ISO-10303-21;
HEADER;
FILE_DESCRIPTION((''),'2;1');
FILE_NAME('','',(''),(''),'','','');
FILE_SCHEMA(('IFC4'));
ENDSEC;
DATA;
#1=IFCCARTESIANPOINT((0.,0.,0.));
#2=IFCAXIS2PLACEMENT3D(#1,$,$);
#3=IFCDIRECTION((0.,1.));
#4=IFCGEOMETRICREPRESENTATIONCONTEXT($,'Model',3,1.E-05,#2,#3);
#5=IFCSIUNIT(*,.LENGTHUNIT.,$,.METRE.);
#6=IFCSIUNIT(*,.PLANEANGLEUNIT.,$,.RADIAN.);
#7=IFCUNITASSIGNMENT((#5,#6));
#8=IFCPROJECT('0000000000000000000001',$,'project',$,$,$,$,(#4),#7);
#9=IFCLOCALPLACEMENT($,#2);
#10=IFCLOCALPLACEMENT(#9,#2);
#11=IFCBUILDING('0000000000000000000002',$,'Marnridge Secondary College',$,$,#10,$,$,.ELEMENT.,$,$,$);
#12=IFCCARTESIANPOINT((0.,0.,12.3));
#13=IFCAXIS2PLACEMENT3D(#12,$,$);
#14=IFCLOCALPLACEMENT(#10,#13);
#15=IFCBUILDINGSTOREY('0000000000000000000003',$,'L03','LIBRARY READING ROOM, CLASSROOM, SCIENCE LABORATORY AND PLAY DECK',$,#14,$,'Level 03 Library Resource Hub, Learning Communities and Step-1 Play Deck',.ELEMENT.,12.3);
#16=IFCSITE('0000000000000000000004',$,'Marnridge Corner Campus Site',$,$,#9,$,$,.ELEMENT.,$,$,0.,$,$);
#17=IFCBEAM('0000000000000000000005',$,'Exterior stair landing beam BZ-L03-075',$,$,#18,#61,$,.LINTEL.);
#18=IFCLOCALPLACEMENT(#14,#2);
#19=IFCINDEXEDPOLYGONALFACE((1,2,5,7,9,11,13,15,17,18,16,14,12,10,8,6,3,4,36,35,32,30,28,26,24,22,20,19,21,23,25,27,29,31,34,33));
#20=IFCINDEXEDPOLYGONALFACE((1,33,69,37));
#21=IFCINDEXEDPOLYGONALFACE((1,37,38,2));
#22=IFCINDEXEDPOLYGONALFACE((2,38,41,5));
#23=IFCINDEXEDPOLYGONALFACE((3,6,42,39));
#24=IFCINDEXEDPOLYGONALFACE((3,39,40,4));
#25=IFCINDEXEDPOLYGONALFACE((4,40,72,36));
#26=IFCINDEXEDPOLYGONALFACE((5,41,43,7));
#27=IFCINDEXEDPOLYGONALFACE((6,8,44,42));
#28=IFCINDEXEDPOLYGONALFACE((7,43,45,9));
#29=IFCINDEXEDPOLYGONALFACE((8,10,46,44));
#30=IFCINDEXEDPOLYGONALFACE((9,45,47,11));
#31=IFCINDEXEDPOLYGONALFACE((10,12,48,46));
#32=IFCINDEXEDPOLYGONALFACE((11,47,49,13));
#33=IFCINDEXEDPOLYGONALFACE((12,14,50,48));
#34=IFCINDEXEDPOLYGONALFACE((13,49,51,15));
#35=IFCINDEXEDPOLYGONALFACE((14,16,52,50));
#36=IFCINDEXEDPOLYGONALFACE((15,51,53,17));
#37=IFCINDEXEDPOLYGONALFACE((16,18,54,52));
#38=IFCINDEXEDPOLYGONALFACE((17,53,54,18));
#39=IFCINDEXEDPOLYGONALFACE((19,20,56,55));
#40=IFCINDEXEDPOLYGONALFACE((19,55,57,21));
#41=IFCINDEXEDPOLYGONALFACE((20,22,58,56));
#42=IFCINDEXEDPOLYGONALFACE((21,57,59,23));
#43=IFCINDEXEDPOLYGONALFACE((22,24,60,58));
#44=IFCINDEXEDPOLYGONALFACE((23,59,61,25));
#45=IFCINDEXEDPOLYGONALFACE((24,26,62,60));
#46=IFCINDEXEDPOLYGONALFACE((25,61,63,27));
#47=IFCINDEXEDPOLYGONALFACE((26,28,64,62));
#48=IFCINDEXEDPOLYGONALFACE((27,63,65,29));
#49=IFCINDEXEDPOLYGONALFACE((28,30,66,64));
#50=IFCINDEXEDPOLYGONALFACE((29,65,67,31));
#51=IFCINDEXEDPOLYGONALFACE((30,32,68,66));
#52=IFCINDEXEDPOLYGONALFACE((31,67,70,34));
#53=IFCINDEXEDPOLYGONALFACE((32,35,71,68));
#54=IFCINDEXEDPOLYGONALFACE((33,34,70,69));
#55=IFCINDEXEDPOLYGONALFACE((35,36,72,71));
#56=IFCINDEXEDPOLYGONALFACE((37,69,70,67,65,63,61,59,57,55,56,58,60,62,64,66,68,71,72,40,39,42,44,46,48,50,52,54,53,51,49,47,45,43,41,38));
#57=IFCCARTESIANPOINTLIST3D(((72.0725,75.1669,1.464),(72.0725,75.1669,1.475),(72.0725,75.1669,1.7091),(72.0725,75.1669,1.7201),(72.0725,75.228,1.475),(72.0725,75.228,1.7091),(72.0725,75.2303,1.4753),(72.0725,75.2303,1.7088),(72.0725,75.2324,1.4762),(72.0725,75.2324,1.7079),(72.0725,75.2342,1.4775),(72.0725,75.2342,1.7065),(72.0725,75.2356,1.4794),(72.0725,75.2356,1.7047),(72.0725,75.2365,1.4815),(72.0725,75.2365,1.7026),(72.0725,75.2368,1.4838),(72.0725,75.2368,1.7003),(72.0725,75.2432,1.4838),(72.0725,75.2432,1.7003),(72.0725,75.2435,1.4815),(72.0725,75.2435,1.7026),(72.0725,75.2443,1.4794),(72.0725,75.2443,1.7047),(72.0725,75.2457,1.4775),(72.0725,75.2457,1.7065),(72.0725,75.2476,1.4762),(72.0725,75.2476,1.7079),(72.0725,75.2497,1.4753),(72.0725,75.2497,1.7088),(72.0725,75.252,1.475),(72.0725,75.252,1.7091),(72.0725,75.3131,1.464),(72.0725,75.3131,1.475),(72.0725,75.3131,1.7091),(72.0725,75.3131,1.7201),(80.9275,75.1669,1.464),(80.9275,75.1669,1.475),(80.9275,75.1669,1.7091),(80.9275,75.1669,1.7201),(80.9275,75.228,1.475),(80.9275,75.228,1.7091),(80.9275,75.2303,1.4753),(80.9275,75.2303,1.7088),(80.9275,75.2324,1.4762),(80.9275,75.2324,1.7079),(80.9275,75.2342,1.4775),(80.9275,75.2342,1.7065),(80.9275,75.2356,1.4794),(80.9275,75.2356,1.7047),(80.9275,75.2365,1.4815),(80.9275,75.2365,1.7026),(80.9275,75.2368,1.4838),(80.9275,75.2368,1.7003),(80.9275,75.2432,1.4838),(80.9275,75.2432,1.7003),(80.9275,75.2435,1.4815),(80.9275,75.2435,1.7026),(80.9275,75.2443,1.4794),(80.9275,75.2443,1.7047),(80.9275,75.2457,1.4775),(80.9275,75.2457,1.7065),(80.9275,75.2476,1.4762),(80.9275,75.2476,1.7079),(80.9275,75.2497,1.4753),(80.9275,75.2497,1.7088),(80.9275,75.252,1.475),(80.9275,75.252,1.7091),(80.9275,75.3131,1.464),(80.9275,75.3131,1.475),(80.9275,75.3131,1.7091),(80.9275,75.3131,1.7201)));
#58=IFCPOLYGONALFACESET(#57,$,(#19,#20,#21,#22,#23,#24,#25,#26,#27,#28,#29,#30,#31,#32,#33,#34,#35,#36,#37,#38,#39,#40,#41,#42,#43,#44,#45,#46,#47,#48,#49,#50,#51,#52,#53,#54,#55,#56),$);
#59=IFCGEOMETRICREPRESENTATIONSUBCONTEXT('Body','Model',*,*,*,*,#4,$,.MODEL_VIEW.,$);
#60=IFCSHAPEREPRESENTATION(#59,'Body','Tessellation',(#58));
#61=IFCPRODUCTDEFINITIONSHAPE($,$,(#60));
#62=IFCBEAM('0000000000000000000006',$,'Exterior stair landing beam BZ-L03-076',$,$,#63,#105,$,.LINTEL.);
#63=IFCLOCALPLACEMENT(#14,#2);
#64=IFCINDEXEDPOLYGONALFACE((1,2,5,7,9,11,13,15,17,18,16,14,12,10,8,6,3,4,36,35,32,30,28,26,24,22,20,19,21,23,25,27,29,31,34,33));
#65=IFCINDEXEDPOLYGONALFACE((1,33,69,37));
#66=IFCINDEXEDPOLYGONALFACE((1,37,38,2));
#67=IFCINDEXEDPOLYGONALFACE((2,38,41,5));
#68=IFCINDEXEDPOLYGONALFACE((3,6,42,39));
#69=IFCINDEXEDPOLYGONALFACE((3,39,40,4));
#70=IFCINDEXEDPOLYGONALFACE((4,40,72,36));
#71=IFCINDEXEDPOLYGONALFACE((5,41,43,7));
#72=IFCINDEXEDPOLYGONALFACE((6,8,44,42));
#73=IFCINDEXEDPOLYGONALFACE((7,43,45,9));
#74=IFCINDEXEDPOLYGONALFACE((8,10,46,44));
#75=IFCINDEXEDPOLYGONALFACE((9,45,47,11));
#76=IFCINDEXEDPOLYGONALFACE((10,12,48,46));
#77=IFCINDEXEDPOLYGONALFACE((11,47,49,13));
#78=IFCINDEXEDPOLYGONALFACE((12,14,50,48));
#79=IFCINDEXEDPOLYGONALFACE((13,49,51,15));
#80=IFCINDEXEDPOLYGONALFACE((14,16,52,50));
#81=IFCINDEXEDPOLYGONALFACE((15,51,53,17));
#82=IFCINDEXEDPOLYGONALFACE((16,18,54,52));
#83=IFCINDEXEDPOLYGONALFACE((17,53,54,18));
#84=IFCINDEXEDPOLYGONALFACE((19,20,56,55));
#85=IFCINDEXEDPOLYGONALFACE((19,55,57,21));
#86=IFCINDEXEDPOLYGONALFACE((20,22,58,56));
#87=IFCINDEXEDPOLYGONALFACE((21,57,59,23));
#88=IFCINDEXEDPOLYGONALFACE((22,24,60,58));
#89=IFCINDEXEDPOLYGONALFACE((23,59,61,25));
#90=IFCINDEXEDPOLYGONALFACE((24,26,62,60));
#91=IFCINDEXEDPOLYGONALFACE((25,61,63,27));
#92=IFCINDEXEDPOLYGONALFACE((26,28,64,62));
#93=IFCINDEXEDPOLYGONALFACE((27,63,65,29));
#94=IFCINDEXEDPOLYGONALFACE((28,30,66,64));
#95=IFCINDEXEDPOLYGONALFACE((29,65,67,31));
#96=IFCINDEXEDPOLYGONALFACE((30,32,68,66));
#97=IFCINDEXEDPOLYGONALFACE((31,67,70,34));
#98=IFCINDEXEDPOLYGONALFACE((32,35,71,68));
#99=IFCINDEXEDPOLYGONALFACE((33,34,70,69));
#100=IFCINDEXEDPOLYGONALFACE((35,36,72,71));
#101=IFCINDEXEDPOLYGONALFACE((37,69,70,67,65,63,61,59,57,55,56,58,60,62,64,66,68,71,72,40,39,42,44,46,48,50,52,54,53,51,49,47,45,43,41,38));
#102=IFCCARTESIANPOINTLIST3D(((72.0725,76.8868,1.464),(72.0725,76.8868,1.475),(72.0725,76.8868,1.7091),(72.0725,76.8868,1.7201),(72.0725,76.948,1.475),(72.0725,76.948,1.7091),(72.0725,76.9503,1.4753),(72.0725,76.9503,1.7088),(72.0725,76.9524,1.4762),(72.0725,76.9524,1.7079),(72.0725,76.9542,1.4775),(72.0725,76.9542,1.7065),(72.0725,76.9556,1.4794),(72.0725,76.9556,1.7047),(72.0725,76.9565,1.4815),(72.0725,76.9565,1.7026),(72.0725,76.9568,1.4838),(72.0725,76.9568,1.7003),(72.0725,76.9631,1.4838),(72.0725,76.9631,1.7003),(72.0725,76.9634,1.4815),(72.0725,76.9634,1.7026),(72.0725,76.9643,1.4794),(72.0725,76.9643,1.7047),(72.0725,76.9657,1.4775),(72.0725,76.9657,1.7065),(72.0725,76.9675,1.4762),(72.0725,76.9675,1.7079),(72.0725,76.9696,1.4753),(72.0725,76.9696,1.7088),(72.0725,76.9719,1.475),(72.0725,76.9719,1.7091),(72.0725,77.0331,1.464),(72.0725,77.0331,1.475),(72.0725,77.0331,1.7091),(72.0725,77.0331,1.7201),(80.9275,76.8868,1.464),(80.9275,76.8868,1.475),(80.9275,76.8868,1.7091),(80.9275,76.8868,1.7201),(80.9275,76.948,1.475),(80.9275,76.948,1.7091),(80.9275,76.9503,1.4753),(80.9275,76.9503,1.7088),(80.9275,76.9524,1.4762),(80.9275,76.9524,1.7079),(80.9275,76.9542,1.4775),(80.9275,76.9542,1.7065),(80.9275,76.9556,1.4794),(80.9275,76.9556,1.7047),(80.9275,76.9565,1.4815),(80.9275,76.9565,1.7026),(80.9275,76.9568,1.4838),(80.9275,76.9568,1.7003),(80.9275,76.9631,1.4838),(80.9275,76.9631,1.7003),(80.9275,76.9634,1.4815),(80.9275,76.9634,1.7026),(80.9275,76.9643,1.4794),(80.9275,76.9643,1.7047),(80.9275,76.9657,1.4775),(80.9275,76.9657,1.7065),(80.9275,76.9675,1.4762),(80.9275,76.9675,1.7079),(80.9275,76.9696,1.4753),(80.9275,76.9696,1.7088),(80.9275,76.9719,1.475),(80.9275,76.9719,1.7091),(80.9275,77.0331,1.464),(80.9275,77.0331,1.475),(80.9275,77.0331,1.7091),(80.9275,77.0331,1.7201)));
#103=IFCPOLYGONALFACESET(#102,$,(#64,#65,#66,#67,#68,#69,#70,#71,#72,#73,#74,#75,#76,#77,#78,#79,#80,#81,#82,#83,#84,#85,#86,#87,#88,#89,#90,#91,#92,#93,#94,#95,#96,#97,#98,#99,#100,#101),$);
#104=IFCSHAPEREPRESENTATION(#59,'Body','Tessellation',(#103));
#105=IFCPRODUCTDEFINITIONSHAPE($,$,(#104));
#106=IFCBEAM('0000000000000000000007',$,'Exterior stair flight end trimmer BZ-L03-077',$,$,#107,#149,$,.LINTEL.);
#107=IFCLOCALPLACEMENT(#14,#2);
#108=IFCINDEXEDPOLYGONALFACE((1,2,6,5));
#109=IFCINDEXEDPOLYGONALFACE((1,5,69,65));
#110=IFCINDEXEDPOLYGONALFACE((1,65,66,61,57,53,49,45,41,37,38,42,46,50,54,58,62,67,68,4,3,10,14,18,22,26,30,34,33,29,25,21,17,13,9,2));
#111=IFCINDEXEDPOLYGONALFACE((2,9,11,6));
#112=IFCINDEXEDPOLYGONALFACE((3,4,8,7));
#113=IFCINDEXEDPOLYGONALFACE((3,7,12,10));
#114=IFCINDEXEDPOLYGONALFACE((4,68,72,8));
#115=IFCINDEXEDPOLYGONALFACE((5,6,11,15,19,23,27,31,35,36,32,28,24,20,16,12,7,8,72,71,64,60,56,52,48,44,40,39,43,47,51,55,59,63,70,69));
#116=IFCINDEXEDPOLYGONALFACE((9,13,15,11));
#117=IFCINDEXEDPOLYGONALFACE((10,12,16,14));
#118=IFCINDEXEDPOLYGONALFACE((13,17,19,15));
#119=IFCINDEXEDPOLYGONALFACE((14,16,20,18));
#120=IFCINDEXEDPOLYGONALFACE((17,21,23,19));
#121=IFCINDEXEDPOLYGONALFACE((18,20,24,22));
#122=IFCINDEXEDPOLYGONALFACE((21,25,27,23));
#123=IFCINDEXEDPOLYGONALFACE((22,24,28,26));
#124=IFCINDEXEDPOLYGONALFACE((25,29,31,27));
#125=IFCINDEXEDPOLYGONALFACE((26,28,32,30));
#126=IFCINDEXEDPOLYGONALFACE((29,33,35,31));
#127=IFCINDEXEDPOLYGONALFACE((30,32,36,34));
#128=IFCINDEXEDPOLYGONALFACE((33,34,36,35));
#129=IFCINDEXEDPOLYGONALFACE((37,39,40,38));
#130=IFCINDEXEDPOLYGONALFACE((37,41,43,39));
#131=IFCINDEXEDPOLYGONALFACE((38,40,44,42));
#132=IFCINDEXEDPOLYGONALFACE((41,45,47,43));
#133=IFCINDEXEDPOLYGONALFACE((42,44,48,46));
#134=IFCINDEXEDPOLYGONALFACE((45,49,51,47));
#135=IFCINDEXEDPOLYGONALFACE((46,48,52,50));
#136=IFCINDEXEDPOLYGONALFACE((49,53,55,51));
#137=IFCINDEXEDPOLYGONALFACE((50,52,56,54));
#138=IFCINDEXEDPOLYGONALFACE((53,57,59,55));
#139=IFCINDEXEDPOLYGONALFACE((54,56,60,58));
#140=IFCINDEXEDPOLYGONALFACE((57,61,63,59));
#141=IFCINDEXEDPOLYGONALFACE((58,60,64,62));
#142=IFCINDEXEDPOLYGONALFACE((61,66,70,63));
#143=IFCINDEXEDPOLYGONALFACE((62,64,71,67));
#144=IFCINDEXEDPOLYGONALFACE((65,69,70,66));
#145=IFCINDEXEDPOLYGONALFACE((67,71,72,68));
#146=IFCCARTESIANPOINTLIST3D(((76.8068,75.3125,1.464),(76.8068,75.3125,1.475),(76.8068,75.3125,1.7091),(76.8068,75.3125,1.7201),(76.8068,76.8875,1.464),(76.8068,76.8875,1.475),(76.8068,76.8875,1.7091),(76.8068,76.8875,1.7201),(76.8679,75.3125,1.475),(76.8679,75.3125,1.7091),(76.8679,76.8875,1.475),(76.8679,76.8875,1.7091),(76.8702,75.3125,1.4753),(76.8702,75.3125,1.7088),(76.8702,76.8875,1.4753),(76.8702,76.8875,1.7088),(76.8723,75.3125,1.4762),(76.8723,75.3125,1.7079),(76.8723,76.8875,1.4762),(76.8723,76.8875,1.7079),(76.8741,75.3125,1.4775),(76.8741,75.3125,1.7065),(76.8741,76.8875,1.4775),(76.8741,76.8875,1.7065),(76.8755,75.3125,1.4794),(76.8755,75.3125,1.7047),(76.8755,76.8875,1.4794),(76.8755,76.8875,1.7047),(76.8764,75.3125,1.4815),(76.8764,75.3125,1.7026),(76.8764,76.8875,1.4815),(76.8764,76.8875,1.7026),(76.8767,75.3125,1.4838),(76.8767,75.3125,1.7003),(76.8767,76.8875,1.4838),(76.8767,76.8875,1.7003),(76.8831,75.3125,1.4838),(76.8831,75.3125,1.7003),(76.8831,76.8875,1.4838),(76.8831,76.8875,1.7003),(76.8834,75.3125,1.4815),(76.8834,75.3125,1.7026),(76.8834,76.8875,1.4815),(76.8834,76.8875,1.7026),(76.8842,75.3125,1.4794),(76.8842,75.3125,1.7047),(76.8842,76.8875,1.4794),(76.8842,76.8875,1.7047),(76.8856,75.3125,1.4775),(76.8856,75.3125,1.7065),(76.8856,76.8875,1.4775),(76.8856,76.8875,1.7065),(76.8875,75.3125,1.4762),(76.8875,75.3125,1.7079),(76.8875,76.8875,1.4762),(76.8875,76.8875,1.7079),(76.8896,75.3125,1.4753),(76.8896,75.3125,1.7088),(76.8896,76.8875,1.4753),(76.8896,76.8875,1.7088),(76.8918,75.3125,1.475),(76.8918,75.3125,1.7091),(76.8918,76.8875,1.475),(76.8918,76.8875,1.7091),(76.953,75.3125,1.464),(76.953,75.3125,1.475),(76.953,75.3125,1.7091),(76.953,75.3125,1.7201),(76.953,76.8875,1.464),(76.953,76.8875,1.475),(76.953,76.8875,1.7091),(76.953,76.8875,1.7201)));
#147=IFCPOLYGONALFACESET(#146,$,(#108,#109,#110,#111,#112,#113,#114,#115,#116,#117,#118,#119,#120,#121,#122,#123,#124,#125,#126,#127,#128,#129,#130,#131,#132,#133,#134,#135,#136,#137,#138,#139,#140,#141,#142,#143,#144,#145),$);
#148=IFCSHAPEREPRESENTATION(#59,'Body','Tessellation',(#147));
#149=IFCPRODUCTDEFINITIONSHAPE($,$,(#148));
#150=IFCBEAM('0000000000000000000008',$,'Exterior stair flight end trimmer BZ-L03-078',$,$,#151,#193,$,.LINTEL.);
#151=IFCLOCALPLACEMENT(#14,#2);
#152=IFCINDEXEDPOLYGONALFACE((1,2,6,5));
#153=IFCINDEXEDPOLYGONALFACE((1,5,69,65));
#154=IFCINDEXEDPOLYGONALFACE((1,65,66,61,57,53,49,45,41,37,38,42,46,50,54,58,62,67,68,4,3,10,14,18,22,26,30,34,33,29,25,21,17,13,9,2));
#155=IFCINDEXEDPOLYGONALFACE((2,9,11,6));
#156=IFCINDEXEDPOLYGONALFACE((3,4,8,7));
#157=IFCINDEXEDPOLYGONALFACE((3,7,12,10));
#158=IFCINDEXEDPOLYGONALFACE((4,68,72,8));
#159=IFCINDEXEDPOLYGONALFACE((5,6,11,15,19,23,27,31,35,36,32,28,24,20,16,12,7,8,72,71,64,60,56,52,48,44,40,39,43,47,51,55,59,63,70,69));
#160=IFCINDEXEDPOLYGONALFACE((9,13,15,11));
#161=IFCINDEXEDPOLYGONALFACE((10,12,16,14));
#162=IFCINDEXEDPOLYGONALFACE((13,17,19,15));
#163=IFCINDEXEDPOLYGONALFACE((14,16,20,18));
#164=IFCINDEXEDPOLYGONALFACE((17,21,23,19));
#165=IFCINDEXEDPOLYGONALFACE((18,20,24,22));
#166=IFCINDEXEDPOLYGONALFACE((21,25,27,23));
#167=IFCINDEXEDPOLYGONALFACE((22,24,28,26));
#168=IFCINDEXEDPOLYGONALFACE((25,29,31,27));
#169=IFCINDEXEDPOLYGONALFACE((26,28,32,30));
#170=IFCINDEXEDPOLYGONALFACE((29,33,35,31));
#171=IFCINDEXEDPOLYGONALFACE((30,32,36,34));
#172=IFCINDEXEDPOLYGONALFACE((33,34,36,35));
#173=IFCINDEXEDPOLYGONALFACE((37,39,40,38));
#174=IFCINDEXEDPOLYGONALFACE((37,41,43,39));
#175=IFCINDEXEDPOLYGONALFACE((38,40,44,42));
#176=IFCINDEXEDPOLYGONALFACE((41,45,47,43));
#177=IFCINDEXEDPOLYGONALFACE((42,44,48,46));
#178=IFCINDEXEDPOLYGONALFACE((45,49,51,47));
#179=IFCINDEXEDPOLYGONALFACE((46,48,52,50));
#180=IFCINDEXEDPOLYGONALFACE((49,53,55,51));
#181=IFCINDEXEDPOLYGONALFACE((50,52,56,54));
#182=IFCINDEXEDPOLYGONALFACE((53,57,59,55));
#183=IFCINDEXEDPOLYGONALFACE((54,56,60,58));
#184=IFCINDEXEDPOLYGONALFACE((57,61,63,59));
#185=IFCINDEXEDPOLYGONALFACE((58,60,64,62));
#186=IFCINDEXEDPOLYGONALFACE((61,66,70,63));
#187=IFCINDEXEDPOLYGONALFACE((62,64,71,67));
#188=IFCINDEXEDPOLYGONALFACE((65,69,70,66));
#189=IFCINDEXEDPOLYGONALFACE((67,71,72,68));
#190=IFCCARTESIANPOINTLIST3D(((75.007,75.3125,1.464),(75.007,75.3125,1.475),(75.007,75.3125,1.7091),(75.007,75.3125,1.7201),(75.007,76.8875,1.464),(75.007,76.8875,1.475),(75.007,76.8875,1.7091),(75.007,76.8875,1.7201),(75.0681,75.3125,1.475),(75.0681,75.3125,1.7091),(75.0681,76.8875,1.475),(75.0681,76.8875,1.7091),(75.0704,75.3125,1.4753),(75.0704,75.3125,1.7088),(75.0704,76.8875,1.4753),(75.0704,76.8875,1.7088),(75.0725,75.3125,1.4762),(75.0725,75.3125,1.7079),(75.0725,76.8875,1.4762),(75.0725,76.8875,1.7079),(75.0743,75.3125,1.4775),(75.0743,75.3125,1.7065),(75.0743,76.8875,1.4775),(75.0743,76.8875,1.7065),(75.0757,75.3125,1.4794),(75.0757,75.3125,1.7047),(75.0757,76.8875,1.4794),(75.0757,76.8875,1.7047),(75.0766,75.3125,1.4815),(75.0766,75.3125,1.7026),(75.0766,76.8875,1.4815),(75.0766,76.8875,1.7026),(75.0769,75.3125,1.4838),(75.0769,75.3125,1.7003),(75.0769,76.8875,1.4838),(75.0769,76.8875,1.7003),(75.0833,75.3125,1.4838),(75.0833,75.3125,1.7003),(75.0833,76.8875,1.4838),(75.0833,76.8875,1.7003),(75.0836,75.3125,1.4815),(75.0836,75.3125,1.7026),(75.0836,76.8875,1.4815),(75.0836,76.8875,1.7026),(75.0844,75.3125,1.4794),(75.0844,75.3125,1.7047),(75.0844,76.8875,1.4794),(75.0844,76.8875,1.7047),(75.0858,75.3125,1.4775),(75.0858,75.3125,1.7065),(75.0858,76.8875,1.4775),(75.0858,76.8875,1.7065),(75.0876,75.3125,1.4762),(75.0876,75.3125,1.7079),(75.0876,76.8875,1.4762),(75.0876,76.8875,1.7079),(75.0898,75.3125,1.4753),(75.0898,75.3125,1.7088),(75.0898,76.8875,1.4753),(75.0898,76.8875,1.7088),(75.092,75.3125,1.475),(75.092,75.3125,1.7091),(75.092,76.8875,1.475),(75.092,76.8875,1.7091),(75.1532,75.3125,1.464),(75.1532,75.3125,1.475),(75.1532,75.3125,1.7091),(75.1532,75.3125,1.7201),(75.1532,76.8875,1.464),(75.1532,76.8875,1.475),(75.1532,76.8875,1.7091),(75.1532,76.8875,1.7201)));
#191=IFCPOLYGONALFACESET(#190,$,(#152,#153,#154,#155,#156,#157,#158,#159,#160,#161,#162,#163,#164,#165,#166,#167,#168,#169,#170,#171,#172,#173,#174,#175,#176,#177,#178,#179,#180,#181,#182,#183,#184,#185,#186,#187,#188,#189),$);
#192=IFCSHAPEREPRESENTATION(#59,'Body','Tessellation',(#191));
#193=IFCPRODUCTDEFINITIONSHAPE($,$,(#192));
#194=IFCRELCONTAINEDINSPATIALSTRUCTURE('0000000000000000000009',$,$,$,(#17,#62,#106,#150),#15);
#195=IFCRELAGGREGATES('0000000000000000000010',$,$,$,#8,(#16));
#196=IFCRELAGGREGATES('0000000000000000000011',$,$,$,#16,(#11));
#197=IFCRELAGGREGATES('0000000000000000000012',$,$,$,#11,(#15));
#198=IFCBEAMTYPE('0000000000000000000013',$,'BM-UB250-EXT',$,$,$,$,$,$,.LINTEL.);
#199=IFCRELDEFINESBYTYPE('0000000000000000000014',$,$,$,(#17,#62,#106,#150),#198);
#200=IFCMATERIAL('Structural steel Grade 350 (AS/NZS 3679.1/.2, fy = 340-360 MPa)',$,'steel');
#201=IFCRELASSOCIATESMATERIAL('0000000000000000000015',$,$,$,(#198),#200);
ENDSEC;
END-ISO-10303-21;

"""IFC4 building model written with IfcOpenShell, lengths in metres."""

from ifc_helpers import new_model, si_unit, direction, frame, origin, origin_2d, place, context, subcontext, project, spatial, i_section, extrude, material, material_profile, profile_set, type_object, element, save


model = new_model("IFC4")

# Units and contexts
model_context = context("Model", 3, precision=1e-05, world=origin(), true_north=direction((0.0, 1.0)))
body_context = subcontext(model_context, "Body", "Model", "MODEL_VIEW")
ifc_project = project(units=[si_unit("LENGTHUNIT", "METRE"), si_unit("PLANEANGLEUNIT", "RADIAN")], contexts=[model_context])

# Site, building, storey
site_placement = place(None, origin())
site = spatial("IfcSite", under=ifc_project, at=site_placement, Name="Marnridge Corner Campus Site", CompositionType="ELEMENT", RefElevation=0.0)
building_placement = place(site_placement, origin())
building = spatial("IfcBuilding", under=site, at=building_placement, Name="Marnridge Secondary College", CompositionType="ELEMENT")
storey_placement = place(building_placement, frame((0.0, 0.0, 12.3)))
storey = spatial("IfcBuildingStorey", under=building, at=storey_placement, Name="L03", Description="LIBRARY READING ROOM, CLASSROOM, SCIENCE LABORATORY AND PLAY DECK", LongName="Level 03 Library Resource Hub, Learning Communities and Step-1 Play Deck", CompositionType="ELEMENT", Elevation=12.3)

# Beams
ifc_material_1 = material(Name="Structural steel Grade 350 (AS/NZS 3679.1/.2, fy = 340-360 MPa)", Category="steel")
ifc_material_profile_1 = material_profile(ifc_material_1, i_section(OverallWidth=0.1462, OverallDepth=0.2561, WebThickness=0.0063, FlangeThickness=0.011, FilletRadius=0.0088, at=origin_2d()), Name="250UB37.3")
ifc_profile_set_1 = profile_set([ifc_material_profile_1], Name="Structural steel Grade 350 (AS/NZS 3679.1/.2, fy = 340-360 MPa)")
beam_type_1 = type_object("IfcBeamType", Name="BM-UB250-EXT", PredefinedType="LINTEL", material=ifc_profile_set_1)
for number, where, z_axis, x_axis, name in (
    (1, (72.0725, 75.24, 1.592), (1.0, 0.0, 0.0), (0.0, 1.0, 0.0), "Exterior stair landing beam BZ-L03-075"),
    (2, (72.0725, 76.96, 1.592), (1.0, 0.0, 0.0), (0.0, 1.0, 0.0), "Exterior stair landing beam BZ-L03-076"),
):
    element("IfcBeam", number, at=place(storey_placement, frame(where, z_axis=z_axis, x_axis=x_axis)), inside=storey, type_object=beam_type_1, Name=name, PredefinedType="LINTEL", context=body_context, shape_type="SweptSolid", body=[
        extrude(i_section(OverallWidth=0.1462, OverallDepth=0.2561, WebThickness=0.0063, FlangeThickness=0.011, FilletRadius=0.0088, at=origin_2d()), origin(), (0.0, 0.0, 1.0), 8.855),
    ])
for number, where, z_axis, x_axis, name in (
    (3, (76.8799, 75.3125, 1.592), (0.0, 1.0, 0.0), (-1.0, 0.0, 0.0), "Exterior stair flight end trimmer BZ-L03-077"),
    (4, (75.0801, 75.3125, 1.592), (0.0, 1.0, 0.0), (-1.0, 0.0, 0.0), "Exterior stair flight end trimmer BZ-L03-078"),
):
    element("IfcBeam", number, at=place(storey_placement, frame(where, z_axis=z_axis, x_axis=x_axis)), inside=storey, type_object=beam_type_1, Name=name, PredefinedType="LINTEL", context=body_context, shape_type="SweptSolid", body=[
        extrude(i_section(OverallWidth=0.1462, OverallDepth=0.2561, WebThickness=0.0063, FlangeThickness=0.011, FilletRadius=0.0088, at=origin_2d()), origin(), (0.0, 0.0, 1.0), 1.575),
    ])

save(model, "model.ifc")
